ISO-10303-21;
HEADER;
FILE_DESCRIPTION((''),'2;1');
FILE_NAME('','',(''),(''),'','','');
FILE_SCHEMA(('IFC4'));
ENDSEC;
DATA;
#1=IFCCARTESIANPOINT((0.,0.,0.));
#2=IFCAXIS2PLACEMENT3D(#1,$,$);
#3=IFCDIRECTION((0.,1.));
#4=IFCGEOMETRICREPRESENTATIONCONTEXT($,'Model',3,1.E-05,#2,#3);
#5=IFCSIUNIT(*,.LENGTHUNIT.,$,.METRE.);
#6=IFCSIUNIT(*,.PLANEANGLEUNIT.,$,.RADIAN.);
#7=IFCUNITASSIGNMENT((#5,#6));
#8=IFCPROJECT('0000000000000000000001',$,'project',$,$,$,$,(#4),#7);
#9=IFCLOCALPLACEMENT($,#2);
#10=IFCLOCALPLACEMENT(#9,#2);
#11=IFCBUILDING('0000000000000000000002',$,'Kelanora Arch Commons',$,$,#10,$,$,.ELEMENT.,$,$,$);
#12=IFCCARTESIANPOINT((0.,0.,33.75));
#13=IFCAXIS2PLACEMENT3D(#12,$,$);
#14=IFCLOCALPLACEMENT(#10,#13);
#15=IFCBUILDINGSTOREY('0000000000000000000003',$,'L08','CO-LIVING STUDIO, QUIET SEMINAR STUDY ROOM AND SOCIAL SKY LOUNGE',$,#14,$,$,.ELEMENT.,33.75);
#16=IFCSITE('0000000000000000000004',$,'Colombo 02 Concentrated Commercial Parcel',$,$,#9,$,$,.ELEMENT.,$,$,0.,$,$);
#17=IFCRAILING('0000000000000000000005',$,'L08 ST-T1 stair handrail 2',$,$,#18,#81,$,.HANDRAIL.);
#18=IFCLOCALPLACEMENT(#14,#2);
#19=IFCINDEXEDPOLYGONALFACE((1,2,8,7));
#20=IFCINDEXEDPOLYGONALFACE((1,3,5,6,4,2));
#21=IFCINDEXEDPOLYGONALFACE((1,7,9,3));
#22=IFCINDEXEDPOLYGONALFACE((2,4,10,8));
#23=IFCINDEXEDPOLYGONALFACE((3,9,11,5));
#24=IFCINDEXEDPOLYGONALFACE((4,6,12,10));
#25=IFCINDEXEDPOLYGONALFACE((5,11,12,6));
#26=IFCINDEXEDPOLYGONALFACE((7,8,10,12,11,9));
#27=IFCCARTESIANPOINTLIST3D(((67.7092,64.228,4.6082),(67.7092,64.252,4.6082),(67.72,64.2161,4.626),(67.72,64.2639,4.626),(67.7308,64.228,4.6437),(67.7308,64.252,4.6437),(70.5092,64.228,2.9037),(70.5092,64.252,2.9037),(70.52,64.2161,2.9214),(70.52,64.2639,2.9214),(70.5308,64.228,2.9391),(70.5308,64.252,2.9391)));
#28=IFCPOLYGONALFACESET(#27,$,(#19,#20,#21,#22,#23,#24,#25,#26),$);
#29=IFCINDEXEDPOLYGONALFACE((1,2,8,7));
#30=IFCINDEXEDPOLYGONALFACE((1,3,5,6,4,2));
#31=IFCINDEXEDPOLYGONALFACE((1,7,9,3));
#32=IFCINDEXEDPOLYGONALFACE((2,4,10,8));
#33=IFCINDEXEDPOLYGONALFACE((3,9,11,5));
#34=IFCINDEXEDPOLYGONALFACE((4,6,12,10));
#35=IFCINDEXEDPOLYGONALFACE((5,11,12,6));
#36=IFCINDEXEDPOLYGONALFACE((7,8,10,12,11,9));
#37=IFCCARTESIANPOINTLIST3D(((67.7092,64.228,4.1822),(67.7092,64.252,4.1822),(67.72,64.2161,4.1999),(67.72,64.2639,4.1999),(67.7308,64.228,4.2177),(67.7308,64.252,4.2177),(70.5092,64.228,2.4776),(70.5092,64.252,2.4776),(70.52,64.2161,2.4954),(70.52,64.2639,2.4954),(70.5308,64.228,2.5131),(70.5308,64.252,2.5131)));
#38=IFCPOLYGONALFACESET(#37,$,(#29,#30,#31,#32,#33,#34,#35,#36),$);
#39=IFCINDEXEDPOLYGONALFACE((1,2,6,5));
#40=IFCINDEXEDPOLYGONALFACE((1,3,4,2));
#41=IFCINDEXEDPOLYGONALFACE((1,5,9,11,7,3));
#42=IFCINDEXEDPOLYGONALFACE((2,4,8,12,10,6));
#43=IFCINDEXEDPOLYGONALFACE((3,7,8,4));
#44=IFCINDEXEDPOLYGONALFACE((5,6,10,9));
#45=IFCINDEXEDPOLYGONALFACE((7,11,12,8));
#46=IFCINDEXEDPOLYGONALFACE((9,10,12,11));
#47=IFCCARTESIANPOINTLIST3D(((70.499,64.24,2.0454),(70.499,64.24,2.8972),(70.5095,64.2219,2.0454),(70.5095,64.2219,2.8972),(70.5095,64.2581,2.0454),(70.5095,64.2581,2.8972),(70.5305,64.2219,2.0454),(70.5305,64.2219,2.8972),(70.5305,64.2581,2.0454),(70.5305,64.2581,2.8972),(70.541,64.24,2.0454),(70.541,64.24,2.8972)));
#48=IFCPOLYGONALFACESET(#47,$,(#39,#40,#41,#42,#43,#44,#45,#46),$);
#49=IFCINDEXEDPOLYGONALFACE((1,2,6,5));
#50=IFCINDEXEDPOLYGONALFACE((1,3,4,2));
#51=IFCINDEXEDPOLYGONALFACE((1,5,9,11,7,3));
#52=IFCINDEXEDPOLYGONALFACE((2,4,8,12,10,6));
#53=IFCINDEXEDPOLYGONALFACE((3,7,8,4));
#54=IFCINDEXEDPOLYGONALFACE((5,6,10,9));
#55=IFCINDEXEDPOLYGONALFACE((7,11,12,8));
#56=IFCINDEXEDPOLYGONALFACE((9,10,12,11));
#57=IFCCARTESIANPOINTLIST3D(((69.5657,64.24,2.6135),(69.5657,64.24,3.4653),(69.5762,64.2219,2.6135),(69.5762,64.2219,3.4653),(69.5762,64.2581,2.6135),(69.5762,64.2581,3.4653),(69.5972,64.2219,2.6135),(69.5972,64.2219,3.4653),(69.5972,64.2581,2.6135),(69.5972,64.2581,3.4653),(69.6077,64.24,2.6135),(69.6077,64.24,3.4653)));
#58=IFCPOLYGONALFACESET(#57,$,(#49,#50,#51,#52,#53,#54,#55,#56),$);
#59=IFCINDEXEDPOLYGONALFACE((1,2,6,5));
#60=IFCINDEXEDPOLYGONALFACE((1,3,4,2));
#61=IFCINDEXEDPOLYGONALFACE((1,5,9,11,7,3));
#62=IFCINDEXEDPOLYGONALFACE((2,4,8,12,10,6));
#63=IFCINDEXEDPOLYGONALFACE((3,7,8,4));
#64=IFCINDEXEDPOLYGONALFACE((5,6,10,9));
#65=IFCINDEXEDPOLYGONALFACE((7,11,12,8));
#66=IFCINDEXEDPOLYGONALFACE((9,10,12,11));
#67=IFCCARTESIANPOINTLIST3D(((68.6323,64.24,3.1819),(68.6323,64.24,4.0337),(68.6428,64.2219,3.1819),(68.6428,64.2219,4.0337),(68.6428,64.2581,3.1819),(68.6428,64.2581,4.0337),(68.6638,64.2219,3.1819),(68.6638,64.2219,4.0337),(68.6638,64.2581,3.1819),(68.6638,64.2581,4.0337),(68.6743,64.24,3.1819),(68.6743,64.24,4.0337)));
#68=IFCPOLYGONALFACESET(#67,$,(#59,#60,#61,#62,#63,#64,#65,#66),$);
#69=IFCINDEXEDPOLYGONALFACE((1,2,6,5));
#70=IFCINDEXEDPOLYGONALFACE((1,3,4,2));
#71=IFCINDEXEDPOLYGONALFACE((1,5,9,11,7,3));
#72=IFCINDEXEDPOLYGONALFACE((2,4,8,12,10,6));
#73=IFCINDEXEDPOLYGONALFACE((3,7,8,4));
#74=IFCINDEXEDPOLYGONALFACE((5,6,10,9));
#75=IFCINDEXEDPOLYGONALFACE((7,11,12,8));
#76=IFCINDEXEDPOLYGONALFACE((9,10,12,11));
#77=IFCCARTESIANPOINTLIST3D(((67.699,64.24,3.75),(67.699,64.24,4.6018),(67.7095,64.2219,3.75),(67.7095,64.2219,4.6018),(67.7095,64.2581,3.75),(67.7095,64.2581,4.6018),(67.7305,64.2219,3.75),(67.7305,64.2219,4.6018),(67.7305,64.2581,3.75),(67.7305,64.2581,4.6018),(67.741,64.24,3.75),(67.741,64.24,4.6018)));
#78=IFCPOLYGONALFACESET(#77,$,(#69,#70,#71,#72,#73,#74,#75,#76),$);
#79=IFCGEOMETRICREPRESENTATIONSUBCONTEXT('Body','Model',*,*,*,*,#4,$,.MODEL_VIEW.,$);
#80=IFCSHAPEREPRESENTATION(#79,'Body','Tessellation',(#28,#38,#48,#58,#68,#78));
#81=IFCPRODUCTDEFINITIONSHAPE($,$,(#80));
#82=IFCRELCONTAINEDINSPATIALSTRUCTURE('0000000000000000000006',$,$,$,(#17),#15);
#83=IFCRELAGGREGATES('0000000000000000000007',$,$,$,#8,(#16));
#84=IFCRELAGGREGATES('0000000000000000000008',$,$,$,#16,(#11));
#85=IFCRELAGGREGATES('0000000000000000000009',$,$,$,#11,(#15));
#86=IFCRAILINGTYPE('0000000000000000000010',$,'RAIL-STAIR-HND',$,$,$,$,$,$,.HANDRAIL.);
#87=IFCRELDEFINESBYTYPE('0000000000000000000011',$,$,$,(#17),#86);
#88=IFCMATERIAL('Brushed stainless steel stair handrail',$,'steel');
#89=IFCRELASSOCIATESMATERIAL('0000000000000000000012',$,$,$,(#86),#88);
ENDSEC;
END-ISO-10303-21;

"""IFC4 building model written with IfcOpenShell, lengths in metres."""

from ifc_helpers import new_model, si_unit, direction, frame, origin, place, context, subcontext, project, spatial, polyline, outline, extrude, material, type_object, element, save


model = new_model("IFC4")

# Units and contexts
model_context = context("Model", 3, precision=1e-05, world=origin(), true_north=direction((0.0, 1.0)))
body_context = subcontext(model_context, "Body", "Model", "MODEL_VIEW")
ifc_project = project(units=[si_unit("LENGTHUNIT", "METRE"), si_unit("PLANEANGLEUNIT", "RADIAN")], contexts=[model_context])

# Site, building, storey
site_placement = place(None, origin())
site = spatial("IfcSite", under=ifc_project, at=site_placement, Name="Colombo 02 Concentrated Commercial Parcel", CompositionType="ELEMENT", RefElevation=0.0)
building_placement = place(site_placement, origin())
building = spatial("IfcBuilding", under=site, at=building_placement, Name="Kelanora Arch Commons", CompositionType="ELEMENT")
storey_placement = place(building_placement, frame((0.0, 0.0, 33.75)))
storey = spatial("IfcBuildingStorey", under=building, at=storey_placement, Name="L08", Description="CO-LIVING STUDIO, QUIET SEMINAR STUDY ROOM AND SOCIAL SKY LOUNGE", CompositionType="ELEMENT", Elevation=33.75)

# Railing
ifc_material_1 = material(Name="Brushed stainless steel stair handrail", Category="steel")
railing_type_1 = type_object("IfcRailingType", Name="RAIL-STAIR-HND", PredefinedType="HANDRAIL", material=ifc_material_1)
railing_1_placement = place(storey_placement, frame((70.52, 64.24, 2.0454)))
element("IfcRailing", 1, at=railing_1_placement, inside=storey, type_object=railing_type_1, Name="L08 ST-T1 stair handrail 2", PredefinedType="HANDRAIL", context=body_context, shape_type="SweptSolid", body=[
    extrude(outline(polyline([(0.0239, 0.0), (0.012, 0.0208), (-0.012, 0.0208), (-0.0239, 0.0), (-0.012, -0.0208), (0.012, -0.0208), (0.0239, 0.0)])), frame((0.0, 0.0, 0.876), z_axis=(-0.85417, 0.0, 0.519994), x_axis=(0.0, -1.0, 0.0)), (0.0, 0.0, 1.0), 3.2781),
    extrude(outline(polyline([(0.0239, 0.0), (0.012, 0.0208), (-0.012, 0.0208), (-0.0239, 0.0), (-0.012, -0.0208), (0.012, -0.0208), (0.0239, 0.0)])), frame((0.0, 0.0, 0.45), z_axis=(-0.85417, 0.0, 0.519994), x_axis=(0.0, -1.0, 0.0)), (0.0, 0.0, 1.0), 3.2781),
    extrude(outline(polyline([(0.021, 0.0), (0.0105, 0.0181), (-0.0105, 0.0181), (-0.021, 0.0), (-0.0105, -0.0181), (0.0105, -0.0181), (0.021, 0.0)])), origin(), (0.0, 0.0, 1.0), 0.8518),
    extrude(outline(polyline([(0.021, 0.0), (0.0105, 0.0181), (-0.0105, 0.0181), (-0.021, 0.0), (-0.0105, -0.0181), (0.0105, -0.0181), (0.021, 0.0)])), frame((-0.9333, 0.0, 0.5681)), (0.0, 0.0, 1.0), 0.8518),
    extrude(outline(polyline([(0.021, 0.0), (0.0105, 0.0181), (-0.0105, 0.0181), (-0.021, 0.0), (-0.0105, -0.0181), (0.0105, -0.0181), (0.021, 0.0)])), frame((-1.8667, 0.0, 1.1365)), (0.0, 0.0, 1.0), 0.8518),
    extrude(outline(polyline([(0.021, 0.0), (0.0105, 0.0181), (-0.0105, 0.0181), (-0.021, 0.0), (-0.0105, -0.0181), (0.0105, -0.0181), (0.021, 0.0)])), frame((-2.8, 0.0, 1.7046)), (0.0, 0.0, 1.0), 0.8518),
])

save(model, "model.ifc")
